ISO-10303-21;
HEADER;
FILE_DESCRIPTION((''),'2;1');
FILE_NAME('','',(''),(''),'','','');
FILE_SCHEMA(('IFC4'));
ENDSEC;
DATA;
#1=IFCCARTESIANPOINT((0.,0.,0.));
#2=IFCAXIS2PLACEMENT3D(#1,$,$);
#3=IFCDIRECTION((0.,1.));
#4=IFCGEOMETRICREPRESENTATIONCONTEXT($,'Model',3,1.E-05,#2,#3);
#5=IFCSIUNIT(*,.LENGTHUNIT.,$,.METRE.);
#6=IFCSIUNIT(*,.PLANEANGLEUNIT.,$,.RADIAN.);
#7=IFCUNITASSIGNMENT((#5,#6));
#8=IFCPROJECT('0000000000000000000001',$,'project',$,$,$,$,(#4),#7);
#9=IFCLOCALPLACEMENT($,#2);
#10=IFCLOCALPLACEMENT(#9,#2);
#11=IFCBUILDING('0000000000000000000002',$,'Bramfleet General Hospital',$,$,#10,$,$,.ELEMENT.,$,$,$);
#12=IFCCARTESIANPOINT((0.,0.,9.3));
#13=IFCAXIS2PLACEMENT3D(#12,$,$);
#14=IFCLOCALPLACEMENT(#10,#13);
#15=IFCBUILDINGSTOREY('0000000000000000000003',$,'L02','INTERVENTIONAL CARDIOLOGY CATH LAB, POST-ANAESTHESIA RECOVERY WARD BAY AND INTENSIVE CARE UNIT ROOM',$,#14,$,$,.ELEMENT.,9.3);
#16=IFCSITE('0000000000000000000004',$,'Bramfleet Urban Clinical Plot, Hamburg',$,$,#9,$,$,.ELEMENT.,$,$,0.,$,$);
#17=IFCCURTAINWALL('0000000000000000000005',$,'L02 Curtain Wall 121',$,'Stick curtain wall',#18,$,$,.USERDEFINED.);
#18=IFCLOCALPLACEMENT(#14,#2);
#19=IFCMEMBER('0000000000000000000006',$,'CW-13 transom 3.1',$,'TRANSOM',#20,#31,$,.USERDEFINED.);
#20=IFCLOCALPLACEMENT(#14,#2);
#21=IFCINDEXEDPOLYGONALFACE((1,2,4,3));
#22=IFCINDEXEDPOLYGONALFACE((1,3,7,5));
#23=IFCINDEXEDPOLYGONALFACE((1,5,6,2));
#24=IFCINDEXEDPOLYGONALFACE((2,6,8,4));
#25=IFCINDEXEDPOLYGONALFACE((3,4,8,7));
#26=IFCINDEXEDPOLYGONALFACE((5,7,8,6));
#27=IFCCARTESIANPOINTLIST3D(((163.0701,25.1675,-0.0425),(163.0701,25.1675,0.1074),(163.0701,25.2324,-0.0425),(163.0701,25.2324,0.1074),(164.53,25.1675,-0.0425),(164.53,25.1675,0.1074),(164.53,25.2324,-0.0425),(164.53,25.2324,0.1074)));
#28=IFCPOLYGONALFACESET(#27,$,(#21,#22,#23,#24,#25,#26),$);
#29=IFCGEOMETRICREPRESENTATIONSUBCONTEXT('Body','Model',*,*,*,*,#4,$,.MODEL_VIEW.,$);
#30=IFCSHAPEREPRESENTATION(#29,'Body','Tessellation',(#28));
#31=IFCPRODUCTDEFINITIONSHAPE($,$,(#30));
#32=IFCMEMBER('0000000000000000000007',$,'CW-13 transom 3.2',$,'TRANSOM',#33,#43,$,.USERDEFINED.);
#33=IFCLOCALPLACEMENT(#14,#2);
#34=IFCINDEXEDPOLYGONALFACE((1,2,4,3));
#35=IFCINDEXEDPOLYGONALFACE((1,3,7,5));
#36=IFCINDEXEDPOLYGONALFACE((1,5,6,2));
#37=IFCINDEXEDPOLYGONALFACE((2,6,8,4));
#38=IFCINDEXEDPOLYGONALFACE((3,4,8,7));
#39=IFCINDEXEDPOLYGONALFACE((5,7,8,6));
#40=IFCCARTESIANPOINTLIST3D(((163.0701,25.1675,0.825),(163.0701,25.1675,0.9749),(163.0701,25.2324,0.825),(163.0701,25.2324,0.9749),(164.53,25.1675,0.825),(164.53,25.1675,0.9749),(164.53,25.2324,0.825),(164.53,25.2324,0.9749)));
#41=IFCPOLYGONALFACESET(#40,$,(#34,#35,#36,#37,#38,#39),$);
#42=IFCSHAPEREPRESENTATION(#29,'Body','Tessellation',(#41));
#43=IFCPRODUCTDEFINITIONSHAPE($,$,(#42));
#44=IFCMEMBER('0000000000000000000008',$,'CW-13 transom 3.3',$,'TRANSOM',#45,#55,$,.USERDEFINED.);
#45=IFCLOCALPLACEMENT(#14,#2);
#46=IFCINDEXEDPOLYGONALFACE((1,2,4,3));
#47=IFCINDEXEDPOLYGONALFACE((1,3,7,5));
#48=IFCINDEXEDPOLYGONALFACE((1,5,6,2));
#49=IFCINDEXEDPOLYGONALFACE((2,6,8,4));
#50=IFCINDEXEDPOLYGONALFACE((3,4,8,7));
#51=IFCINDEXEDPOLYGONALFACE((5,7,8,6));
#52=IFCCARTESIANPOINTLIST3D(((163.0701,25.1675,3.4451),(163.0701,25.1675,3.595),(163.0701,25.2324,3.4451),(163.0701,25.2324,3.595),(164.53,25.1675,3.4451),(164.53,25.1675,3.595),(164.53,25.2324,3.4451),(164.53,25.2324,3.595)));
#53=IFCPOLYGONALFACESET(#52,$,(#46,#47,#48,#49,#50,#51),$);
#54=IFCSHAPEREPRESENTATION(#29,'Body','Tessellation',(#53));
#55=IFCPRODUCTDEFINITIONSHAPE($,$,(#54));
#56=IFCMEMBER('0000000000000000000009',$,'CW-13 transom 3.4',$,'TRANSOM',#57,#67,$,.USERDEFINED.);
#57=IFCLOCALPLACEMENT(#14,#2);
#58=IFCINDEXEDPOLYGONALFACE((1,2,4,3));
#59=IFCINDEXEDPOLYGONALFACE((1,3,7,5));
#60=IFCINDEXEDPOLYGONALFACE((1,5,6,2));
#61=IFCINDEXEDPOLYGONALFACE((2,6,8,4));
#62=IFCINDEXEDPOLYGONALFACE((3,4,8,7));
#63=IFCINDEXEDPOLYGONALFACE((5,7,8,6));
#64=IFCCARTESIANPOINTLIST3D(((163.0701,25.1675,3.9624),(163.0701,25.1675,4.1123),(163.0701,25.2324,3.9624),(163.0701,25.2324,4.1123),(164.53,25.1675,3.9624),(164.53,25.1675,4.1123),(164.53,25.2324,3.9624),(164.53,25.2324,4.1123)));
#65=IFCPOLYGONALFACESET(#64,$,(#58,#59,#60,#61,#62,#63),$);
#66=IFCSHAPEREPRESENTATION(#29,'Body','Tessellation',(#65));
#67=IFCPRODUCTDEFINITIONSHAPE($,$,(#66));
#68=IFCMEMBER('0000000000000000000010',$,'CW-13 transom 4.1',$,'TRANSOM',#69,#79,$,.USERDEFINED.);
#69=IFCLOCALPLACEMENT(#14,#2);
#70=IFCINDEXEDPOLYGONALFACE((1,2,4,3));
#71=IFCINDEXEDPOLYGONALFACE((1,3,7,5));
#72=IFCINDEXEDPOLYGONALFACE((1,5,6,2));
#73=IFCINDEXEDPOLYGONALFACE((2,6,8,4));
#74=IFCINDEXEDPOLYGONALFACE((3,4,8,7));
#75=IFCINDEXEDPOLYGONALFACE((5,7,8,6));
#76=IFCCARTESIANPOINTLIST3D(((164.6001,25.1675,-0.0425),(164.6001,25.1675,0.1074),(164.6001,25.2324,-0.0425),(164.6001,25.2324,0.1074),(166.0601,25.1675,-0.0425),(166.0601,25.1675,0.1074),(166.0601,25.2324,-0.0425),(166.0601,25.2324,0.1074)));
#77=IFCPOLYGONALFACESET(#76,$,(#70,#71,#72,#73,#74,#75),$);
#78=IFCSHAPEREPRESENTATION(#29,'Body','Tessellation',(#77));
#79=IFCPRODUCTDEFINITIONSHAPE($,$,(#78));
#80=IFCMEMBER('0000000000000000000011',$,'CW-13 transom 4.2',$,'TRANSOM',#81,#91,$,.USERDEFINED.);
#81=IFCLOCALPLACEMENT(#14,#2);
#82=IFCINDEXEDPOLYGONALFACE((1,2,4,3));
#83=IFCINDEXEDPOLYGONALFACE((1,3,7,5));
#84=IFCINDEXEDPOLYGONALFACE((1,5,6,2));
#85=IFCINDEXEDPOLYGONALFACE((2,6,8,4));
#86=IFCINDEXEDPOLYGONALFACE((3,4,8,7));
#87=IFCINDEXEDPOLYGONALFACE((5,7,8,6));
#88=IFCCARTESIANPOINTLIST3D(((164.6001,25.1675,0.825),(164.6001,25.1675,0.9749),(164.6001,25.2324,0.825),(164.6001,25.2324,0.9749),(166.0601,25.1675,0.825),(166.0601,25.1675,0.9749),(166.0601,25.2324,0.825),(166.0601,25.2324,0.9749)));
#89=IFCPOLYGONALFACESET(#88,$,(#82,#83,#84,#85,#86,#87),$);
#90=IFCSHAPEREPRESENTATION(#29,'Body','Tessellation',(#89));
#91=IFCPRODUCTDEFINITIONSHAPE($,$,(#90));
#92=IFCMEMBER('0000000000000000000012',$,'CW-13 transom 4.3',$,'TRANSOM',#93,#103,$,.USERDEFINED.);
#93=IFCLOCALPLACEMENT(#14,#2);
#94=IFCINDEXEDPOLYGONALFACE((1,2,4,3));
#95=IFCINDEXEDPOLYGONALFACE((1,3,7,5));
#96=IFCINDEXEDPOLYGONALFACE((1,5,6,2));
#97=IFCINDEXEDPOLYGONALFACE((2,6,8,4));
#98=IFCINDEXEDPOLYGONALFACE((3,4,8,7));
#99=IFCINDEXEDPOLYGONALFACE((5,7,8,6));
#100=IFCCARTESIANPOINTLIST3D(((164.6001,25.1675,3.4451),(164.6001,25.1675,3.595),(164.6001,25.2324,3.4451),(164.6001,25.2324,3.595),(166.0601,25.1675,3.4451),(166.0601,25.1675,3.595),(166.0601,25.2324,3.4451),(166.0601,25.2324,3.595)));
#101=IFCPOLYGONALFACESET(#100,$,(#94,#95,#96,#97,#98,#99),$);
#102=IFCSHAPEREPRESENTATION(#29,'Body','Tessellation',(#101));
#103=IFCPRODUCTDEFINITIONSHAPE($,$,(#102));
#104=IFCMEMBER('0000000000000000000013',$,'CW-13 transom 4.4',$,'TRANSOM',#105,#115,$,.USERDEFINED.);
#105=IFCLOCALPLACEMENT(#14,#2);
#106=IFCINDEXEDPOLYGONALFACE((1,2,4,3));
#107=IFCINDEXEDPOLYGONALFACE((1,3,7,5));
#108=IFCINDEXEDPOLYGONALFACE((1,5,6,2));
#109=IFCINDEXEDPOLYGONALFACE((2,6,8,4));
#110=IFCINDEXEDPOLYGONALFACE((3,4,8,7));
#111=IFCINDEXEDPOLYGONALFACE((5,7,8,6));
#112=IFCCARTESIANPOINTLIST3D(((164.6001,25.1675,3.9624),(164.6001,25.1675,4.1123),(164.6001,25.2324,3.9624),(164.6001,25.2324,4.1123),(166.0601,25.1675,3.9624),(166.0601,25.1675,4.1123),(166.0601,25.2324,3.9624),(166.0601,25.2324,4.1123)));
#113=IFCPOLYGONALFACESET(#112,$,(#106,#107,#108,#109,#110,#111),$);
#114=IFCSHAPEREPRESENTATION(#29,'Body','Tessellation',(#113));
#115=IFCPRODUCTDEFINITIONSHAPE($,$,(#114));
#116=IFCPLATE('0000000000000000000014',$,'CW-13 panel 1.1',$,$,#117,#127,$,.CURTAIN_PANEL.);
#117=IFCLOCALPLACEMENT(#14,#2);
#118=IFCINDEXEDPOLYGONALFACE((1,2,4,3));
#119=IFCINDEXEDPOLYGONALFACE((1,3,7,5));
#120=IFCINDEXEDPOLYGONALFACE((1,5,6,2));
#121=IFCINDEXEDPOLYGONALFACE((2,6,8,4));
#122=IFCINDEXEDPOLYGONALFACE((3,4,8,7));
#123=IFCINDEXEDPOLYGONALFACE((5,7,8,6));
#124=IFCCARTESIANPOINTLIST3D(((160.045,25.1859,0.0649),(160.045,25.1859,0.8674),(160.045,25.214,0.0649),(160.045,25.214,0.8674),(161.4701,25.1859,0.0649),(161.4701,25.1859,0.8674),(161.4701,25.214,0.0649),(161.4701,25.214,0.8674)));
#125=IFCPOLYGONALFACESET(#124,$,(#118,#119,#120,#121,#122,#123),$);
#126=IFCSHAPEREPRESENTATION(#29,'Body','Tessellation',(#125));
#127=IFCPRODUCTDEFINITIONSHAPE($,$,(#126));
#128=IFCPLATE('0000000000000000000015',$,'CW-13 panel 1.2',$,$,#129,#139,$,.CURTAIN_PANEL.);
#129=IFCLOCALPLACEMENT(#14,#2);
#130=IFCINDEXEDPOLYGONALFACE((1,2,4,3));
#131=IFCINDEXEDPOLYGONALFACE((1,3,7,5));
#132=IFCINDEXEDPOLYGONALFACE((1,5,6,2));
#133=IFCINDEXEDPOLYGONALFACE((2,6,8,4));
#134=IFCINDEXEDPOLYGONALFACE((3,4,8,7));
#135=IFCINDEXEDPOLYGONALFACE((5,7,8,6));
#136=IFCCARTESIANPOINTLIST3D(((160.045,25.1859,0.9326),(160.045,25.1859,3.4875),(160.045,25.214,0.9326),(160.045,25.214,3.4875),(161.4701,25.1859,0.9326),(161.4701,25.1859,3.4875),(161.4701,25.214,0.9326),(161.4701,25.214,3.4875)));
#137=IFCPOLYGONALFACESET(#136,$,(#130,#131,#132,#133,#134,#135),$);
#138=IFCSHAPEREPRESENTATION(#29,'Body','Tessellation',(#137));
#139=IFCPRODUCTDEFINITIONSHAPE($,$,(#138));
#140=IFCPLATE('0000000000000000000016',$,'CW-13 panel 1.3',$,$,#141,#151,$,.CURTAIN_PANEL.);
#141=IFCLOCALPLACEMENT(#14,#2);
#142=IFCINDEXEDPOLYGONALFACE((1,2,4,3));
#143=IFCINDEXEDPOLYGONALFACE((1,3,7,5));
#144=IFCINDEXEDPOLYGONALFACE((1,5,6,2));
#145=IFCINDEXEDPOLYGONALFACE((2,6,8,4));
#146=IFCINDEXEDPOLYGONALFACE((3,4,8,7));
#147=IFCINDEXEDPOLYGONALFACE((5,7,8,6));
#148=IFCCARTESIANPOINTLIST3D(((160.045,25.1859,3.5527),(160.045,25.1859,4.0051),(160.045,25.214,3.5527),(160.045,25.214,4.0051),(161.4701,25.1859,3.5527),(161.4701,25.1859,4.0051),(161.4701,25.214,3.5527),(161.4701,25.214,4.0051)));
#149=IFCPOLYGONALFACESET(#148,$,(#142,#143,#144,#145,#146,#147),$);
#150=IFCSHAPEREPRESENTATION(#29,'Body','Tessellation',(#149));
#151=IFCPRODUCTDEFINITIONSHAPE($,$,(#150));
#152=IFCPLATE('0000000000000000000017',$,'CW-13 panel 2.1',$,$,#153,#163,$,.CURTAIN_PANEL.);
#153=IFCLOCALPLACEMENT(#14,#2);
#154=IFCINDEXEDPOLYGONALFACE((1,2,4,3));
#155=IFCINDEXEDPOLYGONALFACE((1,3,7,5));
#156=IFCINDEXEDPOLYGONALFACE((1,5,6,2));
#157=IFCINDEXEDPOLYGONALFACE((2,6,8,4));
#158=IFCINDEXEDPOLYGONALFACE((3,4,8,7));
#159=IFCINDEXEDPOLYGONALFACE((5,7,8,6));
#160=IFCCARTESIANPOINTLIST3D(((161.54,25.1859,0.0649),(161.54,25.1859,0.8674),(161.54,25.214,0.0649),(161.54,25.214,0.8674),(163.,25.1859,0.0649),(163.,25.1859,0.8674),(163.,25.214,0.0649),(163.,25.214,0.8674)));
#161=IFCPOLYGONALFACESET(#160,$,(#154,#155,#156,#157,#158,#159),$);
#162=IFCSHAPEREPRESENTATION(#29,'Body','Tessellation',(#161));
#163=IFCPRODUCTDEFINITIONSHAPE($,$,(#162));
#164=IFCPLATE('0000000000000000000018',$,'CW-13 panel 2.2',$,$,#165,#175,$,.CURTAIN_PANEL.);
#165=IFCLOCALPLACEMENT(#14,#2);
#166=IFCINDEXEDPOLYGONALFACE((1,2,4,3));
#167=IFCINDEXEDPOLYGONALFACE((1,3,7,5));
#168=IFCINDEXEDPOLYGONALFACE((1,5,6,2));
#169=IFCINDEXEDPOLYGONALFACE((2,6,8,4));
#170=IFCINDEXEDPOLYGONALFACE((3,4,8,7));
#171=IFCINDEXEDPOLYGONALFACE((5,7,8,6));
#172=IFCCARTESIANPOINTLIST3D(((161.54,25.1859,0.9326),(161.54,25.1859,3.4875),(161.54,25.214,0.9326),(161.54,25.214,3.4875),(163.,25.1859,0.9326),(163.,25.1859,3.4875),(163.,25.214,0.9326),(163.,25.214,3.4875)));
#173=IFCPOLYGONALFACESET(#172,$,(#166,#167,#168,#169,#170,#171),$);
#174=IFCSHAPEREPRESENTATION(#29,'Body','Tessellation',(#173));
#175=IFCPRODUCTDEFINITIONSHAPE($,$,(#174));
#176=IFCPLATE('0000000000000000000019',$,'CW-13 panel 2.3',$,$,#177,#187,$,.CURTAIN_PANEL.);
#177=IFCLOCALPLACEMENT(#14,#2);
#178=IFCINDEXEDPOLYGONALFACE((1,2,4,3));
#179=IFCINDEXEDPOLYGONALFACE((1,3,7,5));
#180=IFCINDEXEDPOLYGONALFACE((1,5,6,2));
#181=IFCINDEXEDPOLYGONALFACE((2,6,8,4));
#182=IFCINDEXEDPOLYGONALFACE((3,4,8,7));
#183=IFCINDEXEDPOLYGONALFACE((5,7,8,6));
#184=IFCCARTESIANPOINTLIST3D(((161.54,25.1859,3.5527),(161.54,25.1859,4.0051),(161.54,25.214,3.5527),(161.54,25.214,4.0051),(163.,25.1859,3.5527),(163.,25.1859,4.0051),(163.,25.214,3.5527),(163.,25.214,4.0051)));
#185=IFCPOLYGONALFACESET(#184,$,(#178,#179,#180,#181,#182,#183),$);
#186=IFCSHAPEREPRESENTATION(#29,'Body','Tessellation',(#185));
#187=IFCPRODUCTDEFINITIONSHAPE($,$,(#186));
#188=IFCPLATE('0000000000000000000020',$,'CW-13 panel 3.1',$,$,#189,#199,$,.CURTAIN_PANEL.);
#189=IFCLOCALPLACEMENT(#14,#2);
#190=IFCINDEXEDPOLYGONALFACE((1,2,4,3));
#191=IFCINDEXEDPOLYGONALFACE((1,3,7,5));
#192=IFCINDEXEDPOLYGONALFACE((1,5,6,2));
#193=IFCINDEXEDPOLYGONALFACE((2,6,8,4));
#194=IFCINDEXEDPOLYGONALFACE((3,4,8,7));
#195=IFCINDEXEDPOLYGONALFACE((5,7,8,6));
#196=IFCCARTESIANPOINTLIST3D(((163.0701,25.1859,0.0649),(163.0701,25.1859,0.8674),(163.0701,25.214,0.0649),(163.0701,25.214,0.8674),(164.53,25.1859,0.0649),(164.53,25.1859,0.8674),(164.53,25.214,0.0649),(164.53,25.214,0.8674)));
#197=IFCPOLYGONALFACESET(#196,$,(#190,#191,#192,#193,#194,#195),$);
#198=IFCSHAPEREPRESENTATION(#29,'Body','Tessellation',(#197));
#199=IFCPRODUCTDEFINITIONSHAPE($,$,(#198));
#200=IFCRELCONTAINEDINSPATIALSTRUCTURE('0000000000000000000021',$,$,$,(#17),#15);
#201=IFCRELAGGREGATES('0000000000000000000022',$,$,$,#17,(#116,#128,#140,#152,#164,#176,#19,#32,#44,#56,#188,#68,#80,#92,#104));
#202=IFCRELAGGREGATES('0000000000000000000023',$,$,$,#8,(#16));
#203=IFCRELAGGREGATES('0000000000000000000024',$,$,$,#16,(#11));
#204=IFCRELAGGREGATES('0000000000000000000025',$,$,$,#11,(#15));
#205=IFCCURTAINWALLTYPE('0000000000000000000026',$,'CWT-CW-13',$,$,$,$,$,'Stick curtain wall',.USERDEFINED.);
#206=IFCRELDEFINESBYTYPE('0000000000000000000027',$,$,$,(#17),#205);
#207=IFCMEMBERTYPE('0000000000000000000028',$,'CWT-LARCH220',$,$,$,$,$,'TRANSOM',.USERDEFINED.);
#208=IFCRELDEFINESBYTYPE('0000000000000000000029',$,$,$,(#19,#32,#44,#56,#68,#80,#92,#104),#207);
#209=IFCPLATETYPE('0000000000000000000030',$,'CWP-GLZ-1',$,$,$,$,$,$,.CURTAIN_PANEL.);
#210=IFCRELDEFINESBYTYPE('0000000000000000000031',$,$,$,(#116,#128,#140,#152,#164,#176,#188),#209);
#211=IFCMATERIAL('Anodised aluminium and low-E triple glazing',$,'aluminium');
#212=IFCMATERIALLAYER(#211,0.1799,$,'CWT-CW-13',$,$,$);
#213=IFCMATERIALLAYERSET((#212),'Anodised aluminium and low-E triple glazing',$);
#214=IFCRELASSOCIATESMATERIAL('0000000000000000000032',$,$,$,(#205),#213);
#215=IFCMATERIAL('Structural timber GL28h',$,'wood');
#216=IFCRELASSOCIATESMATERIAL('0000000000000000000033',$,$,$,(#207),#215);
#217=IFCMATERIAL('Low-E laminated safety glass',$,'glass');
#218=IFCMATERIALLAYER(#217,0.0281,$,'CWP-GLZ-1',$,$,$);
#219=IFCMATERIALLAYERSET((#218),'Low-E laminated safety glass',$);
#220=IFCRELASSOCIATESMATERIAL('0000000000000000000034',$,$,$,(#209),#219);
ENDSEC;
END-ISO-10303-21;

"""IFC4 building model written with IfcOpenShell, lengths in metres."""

from ifc_helpers import new_model, si_unit, direction, frame, origin, origin_2d, place, context, subcontext, project, spatial, rectangle, extrude, material, layer, layer_set, material_profile, profile_set, type_object, element, aggregate, save


model = new_model("IFC4")

# Units and contexts
model_context = context("Model", 3, precision=1e-05, world=origin(), true_north=direction((0.0, 1.0)))
body_context = subcontext(model_context, "Body", "Model", "MODEL_VIEW")
ifc_project = project(units=[si_unit("LENGTHUNIT", "METRE"), si_unit("PLANEANGLEUNIT", "RADIAN")], contexts=[model_context])

# Site, building, storey
site_placement = place(None, origin())
site = spatial("IfcSite", under=ifc_project, at=site_placement, Name="Bramfleet Urban Clinical Plot, Hamburg", CompositionType="ELEMENT", RefElevation=0.0)
building_placement = place(site_placement, origin())
building = spatial("IfcBuilding", under=site, at=building_placement, Name="Bramfleet General Hospital", CompositionType="ELEMENT")
storey_placement = place(building_placement, frame((0.0, 0.0, 9.3)))
storey = spatial("IfcBuildingStorey", under=building, at=storey_placement, Name="L02", Description="INTERVENTIONAL CARDIOLOGY CATH LAB, POST-ANAESTHESIA RECOVERY WARD BAY AND INTENSIVE CARE UNIT ROOM", CompositionType="ELEMENT", Elevation=9.3)

# Curtain wall, members, plates
ifc_material_1 = material(Name="Anodised aluminium and low-E triple glazing", Category="aluminium")
ifc_layer_1 = layer(ifc_material_1, 0.1799, Name="CWT-CW-13")
ifc_layer_set_1 = layer_set([ifc_layer_1], Name="Anodised aluminium and low-E triple glazing")
curtain_wall_type = type_object("IfcCurtainWallType", Name="CWT-CW-13", ElementType="Stick curtain wall", PredefinedType="USERDEFINED", material=ifc_layer_set_1)
curtain_wall_placement = place(storey_placement, origin())
curtain_wall = element("IfcCurtainWall", 1, at=curtain_wall_placement, inside=storey, type_object=curtain_wall_type, Name="L02 Curtain Wall 121", ObjectType="Stick curtain wall", PredefinedType="USERDEFINED")
ifc_material_2 = material(Name="Structural timber GL28h", Category="wood")
ifc_material_profile_1 = material_profile(ifc_material_2, rectangle(XDim=0.0649, YDim=0.1499, at=origin_2d()), Name="LARCH 150x65")
ifc_profile_set_1 = profile_set([ifc_material_profile_1], Name="Structural timber GL28h")
member_type_1 = type_object("IfcMemberType", Name="CWT-LARCH220", ElementType="TRANSOM", PredefinedType="USERDEFINED", material=ifc_profile_set_1)
member_1_placement = place(storey_placement, frame((163.0701, 25.2, 0.0325), z_axis=(1.0, 0.0, 0.0), x_axis=(0.0, 1.0, 0.0)))
member_1 = element("IfcMember", 2, at=member_1_placement, type_object=member_type_1, Name="CW-13 transom 3.1", ObjectType="TRANSOM", PredefinedType="USERDEFINED", context=body_context, shape_type="SweptSolid", body=[
    extrude(rectangle(XDim=0.0649, YDim=0.1499, at=origin_2d()), origin(), (0.0, 0.0, 1.0), 1.46),
])
member_2_placement = place(storey_placement, frame((163.0701, 25.2, 0.8999), z_axis=(1.0, 0.0, 0.0), x_axis=(0.0, 1.0, 0.0)))
member_2 = element("IfcMember", 3, at=member_2_placement, type_object=member_type_1, Name="CW-13 transom 3.2", ObjectType="TRANSOM", PredefinedType="USERDEFINED", context=body_context, shape_type="SweptSolid", body=[
    extrude(rectangle(XDim=0.0649, YDim=0.1499, at=origin_2d()), origin(), (0.0, 0.0, 1.0), 1.46),
])
member_3_placement = place(storey_placement, frame((163.0701, 25.2, 3.52), z_axis=(1.0, 0.0, 0.0), x_axis=(0.0, 1.0, 0.0)))
member_3 = element("IfcMember", 4, at=member_3_placement, type_object=member_type_1, Name="CW-13 transom 3.3", ObjectType="TRANSOM", PredefinedType="USERDEFINED", context=body_context, shape_type="SweptSolid", body=[
    extrude(rectangle(XDim=0.0649, YDim=0.1499, at=origin_2d()), origin(), (0.0, 0.0, 1.0), 1.46),
])
member_4_placement = place(storey_placement, frame((163.0701, 25.2, 4.0374), z_axis=(1.0, 0.0, 0.0), x_axis=(0.0, 1.0, 0.0)))
member_4 = element("IfcMember", 5, at=member_4_placement, type_object=member_type_1, Name="CW-13 transom 3.4", ObjectType="TRANSOM", PredefinedType="USERDEFINED", context=body_context, shape_type="SweptSolid", body=[
    extrude(rectangle(XDim=0.0649, YDim=0.1499, at=origin_2d()), origin(), (0.0, 0.0, 1.0), 1.46),
])
member_5_placement = place(storey_placement, frame((164.6001, 25.2, 0.0325), z_axis=(1.0, 0.0, 0.0), x_axis=(0.0, 1.0, 0.0)))
member_5 = element("IfcMember", 6, at=member_5_placement, type_object=member_type_1, Name="CW-13 transom 4.1", ObjectType="TRANSOM", PredefinedType="USERDEFINED", context=body_context, shape_type="SweptSolid", body=[
    extrude(rectangle(XDim=0.0649, YDim=0.1499, at=origin_2d()), origin(), (0.0, 0.0, 1.0), 1.46),
])
member_6_placement = place(storey_placement, frame((164.6001, 25.2, 0.8999), z_axis=(1.0, 0.0, 0.0), x_axis=(0.0, 1.0, 0.0)))
member_6 = element("IfcMember", 7, at=member_6_placement, type_object=member_type_1, Name="CW-13 transom 4.2", ObjectType="TRANSOM", PredefinedType="USERDEFINED", context=body_context, shape_type="SweptSolid", body=[
    extrude(rectangle(XDim=0.0649, YDim=0.1499, at=origin_2d()), origin(), (0.0, 0.0, 1.0), 1.46),
])
member_7_placement = place(storey_placement, frame((164.6001, 25.2, 3.52), z_axis=(1.0, 0.0, 0.0), x_axis=(0.0, 1.0, 0.0)))
member_7 = element("IfcMember", 8, at=member_7_placement, type_object=member_type_1, Name="CW-13 transom 4.3", ObjectType="TRANSOM", PredefinedType="USERDEFINED", context=body_context, shape_type="SweptSolid", body=[
    extrude(rectangle(XDim=0.0649, YDim=0.1499, at=origin_2d()), origin(), (0.0, 0.0, 1.0), 1.46),
])
member_8_placement = place(storey_placement, frame((164.6001, 25.2, 4.0374), z_axis=(1.0, 0.0, 0.0), x_axis=(0.0, 1.0, 0.0)))
member_8 = element("IfcMember", 9, at=member_8_placement, type_object=member_type_1, Name="CW-13 transom 4.4", ObjectType="TRANSOM", PredefinedType="USERDEFINED", context=body_context, shape_type="SweptSolid", body=[
    extrude(rectangle(XDim=0.0649, YDim=0.1499, at=origin_2d()), origin(), (0.0, 0.0, 1.0), 1.46),
])
ifc_material_3 = material(Name="Low-E laminated safety glass", Category="glass")
ifc_layer_2 = layer(ifc_material_3, 0.0281, Name="CWP-GLZ-1")
ifc_layer_set_2 = layer_set([ifc_layer_2], Name="Low-E laminated safety glass")
plate_type = type_object("IfcPlateType", Name="CWP-GLZ-1", PredefinedType="CURTAIN_PANEL", material=ifc_layer_set_2)
plate_1_placement = place(storey_placement, frame((160.7576, 25.2, 0.0649), z_axis=(0.0, 0.0, 1.0), x_axis=(1.0, 0.0, 0.0)))
plate_1 = element("IfcPlate", 10, at=plate_1_placement, type_object=plate_type, Name="CW-13 panel 1.1", PredefinedType="CURTAIN_PANEL", context=body_context, shape_type="SweptSolid", body=[
    extrude(rectangle(XDim=1.425, YDim=0.0281, at=origin_2d()), origin(), (0.0, 0.0, 1.0), 0.8025),
])
plate_2_placement = place(storey_placement, frame((160.7576, 25.2, 0.9326), z_axis=(0.0, 0.0, 1.0), x_axis=(1.0, 0.0, 0.0)))
plate_2 = element("IfcPlate", 11, at=plate_2_placement, type_object=plate_type, Name="CW-13 panel 1.2", PredefinedType="CURTAIN_PANEL", context=body_context, shape_type="SweptSolid", body=[
    extrude(rectangle(XDim=1.425, YDim=0.0281, at=origin_2d()), origin(), (0.0, 0.0, 1.0), 2.5549),
])
plate_3_placement = place(storey_placement, frame((160.7576, 25.2, 3.5527), z_axis=(0.0, 0.0, 1.0), x_axis=(1.0, 0.0, 0.0)))
plate_3 = element("IfcPlate", 12, at=plate_3_placement, type_object=plate_type, Name="CW-13 panel 1.3", PredefinedType="CURTAIN_PANEL", context=body_context, shape_type="SweptSolid", body=[
    extrude(rectangle(XDim=1.425, YDim=0.0281, at=origin_2d()), origin(), (0.0, 0.0, 1.0), 0.4524),
])
plate_4_placement = place(storey_placement, frame((162.27, 25.2, 0.0649), z_axis=(0.0, 0.0, 1.0), x_axis=(1.0, 0.0, 0.0)))
plate_4 = element("IfcPlate", 13, at=plate_4_placement, type_object=plate_type, Name="CW-13 panel 2.1", PredefinedType="CURTAIN_PANEL", context=body_context, shape_type="SweptSolid", body=[
    extrude(rectangle(XDim=1.46, YDim=0.0281, at=origin_2d()), origin(), (0.0, 0.0, 1.0), 0.8025),
])
plate_5_placement = place(storey_placement, frame((162.27, 25.2, 0.9326), z_axis=(0.0, 0.0, 1.0), x_axis=(1.0, 0.0, 0.0)))
plate_5 = element("IfcPlate", 14, at=plate_5_placement, type_object=plate_type, Name="CW-13 panel 2.2", PredefinedType="CURTAIN_PANEL", context=body_context, shape_type="SweptSolid", body=[
    extrude(rectangle(XDim=1.46, YDim=0.0281, at=origin_2d()), origin(), (0.0, 0.0, 1.0), 2.5549),
])
plate_6_placement = place(storey_placement, frame((162.27, 25.2, 3.5527), z_axis=(0.0, 0.0, 1.0), x_axis=(1.0, 0.0, 0.0)))
plate_6 = element("IfcPlate", 15, at=plate_6_placement, type_object=plate_type, Name="CW-13 panel 2.3", PredefinedType="CURTAIN_PANEL", context=body_context, shape_type="SweptSolid", body=[
    extrude(rectangle(XDim=1.46, YDim=0.0281, at=origin_2d()), origin(), (0.0, 0.0, 1.0), 0.4524),
])
plate_7_placement = place(storey_placement, frame((163.8, 25.2, 0.0649), z_axis=(0.0, 0.0, 1.0), x_axis=(1.0, 0.0, 0.0)))
plate_7 = element("IfcPlate", 16, at=plate_7_placement, type_object=plate_type, Name="CW-13 panel 3.1", PredefinedType="CURTAIN_PANEL", context=body_context, shape_type="SweptSolid", body=[
    extrude(rectangle(XDim=1.46, YDim=0.0281, at=origin_2d()), origin(), (0.0, 0.0, 1.0), 0.8025),
])
aggregate(curtain_wall, [plate_1, plate_2, plate_3, plate_4, plate_5, plate_6, member_1, member_2, member_3, member_4, plate_7, member_5, member_6, member_7, member_8])

save(model, "model.ifc")
